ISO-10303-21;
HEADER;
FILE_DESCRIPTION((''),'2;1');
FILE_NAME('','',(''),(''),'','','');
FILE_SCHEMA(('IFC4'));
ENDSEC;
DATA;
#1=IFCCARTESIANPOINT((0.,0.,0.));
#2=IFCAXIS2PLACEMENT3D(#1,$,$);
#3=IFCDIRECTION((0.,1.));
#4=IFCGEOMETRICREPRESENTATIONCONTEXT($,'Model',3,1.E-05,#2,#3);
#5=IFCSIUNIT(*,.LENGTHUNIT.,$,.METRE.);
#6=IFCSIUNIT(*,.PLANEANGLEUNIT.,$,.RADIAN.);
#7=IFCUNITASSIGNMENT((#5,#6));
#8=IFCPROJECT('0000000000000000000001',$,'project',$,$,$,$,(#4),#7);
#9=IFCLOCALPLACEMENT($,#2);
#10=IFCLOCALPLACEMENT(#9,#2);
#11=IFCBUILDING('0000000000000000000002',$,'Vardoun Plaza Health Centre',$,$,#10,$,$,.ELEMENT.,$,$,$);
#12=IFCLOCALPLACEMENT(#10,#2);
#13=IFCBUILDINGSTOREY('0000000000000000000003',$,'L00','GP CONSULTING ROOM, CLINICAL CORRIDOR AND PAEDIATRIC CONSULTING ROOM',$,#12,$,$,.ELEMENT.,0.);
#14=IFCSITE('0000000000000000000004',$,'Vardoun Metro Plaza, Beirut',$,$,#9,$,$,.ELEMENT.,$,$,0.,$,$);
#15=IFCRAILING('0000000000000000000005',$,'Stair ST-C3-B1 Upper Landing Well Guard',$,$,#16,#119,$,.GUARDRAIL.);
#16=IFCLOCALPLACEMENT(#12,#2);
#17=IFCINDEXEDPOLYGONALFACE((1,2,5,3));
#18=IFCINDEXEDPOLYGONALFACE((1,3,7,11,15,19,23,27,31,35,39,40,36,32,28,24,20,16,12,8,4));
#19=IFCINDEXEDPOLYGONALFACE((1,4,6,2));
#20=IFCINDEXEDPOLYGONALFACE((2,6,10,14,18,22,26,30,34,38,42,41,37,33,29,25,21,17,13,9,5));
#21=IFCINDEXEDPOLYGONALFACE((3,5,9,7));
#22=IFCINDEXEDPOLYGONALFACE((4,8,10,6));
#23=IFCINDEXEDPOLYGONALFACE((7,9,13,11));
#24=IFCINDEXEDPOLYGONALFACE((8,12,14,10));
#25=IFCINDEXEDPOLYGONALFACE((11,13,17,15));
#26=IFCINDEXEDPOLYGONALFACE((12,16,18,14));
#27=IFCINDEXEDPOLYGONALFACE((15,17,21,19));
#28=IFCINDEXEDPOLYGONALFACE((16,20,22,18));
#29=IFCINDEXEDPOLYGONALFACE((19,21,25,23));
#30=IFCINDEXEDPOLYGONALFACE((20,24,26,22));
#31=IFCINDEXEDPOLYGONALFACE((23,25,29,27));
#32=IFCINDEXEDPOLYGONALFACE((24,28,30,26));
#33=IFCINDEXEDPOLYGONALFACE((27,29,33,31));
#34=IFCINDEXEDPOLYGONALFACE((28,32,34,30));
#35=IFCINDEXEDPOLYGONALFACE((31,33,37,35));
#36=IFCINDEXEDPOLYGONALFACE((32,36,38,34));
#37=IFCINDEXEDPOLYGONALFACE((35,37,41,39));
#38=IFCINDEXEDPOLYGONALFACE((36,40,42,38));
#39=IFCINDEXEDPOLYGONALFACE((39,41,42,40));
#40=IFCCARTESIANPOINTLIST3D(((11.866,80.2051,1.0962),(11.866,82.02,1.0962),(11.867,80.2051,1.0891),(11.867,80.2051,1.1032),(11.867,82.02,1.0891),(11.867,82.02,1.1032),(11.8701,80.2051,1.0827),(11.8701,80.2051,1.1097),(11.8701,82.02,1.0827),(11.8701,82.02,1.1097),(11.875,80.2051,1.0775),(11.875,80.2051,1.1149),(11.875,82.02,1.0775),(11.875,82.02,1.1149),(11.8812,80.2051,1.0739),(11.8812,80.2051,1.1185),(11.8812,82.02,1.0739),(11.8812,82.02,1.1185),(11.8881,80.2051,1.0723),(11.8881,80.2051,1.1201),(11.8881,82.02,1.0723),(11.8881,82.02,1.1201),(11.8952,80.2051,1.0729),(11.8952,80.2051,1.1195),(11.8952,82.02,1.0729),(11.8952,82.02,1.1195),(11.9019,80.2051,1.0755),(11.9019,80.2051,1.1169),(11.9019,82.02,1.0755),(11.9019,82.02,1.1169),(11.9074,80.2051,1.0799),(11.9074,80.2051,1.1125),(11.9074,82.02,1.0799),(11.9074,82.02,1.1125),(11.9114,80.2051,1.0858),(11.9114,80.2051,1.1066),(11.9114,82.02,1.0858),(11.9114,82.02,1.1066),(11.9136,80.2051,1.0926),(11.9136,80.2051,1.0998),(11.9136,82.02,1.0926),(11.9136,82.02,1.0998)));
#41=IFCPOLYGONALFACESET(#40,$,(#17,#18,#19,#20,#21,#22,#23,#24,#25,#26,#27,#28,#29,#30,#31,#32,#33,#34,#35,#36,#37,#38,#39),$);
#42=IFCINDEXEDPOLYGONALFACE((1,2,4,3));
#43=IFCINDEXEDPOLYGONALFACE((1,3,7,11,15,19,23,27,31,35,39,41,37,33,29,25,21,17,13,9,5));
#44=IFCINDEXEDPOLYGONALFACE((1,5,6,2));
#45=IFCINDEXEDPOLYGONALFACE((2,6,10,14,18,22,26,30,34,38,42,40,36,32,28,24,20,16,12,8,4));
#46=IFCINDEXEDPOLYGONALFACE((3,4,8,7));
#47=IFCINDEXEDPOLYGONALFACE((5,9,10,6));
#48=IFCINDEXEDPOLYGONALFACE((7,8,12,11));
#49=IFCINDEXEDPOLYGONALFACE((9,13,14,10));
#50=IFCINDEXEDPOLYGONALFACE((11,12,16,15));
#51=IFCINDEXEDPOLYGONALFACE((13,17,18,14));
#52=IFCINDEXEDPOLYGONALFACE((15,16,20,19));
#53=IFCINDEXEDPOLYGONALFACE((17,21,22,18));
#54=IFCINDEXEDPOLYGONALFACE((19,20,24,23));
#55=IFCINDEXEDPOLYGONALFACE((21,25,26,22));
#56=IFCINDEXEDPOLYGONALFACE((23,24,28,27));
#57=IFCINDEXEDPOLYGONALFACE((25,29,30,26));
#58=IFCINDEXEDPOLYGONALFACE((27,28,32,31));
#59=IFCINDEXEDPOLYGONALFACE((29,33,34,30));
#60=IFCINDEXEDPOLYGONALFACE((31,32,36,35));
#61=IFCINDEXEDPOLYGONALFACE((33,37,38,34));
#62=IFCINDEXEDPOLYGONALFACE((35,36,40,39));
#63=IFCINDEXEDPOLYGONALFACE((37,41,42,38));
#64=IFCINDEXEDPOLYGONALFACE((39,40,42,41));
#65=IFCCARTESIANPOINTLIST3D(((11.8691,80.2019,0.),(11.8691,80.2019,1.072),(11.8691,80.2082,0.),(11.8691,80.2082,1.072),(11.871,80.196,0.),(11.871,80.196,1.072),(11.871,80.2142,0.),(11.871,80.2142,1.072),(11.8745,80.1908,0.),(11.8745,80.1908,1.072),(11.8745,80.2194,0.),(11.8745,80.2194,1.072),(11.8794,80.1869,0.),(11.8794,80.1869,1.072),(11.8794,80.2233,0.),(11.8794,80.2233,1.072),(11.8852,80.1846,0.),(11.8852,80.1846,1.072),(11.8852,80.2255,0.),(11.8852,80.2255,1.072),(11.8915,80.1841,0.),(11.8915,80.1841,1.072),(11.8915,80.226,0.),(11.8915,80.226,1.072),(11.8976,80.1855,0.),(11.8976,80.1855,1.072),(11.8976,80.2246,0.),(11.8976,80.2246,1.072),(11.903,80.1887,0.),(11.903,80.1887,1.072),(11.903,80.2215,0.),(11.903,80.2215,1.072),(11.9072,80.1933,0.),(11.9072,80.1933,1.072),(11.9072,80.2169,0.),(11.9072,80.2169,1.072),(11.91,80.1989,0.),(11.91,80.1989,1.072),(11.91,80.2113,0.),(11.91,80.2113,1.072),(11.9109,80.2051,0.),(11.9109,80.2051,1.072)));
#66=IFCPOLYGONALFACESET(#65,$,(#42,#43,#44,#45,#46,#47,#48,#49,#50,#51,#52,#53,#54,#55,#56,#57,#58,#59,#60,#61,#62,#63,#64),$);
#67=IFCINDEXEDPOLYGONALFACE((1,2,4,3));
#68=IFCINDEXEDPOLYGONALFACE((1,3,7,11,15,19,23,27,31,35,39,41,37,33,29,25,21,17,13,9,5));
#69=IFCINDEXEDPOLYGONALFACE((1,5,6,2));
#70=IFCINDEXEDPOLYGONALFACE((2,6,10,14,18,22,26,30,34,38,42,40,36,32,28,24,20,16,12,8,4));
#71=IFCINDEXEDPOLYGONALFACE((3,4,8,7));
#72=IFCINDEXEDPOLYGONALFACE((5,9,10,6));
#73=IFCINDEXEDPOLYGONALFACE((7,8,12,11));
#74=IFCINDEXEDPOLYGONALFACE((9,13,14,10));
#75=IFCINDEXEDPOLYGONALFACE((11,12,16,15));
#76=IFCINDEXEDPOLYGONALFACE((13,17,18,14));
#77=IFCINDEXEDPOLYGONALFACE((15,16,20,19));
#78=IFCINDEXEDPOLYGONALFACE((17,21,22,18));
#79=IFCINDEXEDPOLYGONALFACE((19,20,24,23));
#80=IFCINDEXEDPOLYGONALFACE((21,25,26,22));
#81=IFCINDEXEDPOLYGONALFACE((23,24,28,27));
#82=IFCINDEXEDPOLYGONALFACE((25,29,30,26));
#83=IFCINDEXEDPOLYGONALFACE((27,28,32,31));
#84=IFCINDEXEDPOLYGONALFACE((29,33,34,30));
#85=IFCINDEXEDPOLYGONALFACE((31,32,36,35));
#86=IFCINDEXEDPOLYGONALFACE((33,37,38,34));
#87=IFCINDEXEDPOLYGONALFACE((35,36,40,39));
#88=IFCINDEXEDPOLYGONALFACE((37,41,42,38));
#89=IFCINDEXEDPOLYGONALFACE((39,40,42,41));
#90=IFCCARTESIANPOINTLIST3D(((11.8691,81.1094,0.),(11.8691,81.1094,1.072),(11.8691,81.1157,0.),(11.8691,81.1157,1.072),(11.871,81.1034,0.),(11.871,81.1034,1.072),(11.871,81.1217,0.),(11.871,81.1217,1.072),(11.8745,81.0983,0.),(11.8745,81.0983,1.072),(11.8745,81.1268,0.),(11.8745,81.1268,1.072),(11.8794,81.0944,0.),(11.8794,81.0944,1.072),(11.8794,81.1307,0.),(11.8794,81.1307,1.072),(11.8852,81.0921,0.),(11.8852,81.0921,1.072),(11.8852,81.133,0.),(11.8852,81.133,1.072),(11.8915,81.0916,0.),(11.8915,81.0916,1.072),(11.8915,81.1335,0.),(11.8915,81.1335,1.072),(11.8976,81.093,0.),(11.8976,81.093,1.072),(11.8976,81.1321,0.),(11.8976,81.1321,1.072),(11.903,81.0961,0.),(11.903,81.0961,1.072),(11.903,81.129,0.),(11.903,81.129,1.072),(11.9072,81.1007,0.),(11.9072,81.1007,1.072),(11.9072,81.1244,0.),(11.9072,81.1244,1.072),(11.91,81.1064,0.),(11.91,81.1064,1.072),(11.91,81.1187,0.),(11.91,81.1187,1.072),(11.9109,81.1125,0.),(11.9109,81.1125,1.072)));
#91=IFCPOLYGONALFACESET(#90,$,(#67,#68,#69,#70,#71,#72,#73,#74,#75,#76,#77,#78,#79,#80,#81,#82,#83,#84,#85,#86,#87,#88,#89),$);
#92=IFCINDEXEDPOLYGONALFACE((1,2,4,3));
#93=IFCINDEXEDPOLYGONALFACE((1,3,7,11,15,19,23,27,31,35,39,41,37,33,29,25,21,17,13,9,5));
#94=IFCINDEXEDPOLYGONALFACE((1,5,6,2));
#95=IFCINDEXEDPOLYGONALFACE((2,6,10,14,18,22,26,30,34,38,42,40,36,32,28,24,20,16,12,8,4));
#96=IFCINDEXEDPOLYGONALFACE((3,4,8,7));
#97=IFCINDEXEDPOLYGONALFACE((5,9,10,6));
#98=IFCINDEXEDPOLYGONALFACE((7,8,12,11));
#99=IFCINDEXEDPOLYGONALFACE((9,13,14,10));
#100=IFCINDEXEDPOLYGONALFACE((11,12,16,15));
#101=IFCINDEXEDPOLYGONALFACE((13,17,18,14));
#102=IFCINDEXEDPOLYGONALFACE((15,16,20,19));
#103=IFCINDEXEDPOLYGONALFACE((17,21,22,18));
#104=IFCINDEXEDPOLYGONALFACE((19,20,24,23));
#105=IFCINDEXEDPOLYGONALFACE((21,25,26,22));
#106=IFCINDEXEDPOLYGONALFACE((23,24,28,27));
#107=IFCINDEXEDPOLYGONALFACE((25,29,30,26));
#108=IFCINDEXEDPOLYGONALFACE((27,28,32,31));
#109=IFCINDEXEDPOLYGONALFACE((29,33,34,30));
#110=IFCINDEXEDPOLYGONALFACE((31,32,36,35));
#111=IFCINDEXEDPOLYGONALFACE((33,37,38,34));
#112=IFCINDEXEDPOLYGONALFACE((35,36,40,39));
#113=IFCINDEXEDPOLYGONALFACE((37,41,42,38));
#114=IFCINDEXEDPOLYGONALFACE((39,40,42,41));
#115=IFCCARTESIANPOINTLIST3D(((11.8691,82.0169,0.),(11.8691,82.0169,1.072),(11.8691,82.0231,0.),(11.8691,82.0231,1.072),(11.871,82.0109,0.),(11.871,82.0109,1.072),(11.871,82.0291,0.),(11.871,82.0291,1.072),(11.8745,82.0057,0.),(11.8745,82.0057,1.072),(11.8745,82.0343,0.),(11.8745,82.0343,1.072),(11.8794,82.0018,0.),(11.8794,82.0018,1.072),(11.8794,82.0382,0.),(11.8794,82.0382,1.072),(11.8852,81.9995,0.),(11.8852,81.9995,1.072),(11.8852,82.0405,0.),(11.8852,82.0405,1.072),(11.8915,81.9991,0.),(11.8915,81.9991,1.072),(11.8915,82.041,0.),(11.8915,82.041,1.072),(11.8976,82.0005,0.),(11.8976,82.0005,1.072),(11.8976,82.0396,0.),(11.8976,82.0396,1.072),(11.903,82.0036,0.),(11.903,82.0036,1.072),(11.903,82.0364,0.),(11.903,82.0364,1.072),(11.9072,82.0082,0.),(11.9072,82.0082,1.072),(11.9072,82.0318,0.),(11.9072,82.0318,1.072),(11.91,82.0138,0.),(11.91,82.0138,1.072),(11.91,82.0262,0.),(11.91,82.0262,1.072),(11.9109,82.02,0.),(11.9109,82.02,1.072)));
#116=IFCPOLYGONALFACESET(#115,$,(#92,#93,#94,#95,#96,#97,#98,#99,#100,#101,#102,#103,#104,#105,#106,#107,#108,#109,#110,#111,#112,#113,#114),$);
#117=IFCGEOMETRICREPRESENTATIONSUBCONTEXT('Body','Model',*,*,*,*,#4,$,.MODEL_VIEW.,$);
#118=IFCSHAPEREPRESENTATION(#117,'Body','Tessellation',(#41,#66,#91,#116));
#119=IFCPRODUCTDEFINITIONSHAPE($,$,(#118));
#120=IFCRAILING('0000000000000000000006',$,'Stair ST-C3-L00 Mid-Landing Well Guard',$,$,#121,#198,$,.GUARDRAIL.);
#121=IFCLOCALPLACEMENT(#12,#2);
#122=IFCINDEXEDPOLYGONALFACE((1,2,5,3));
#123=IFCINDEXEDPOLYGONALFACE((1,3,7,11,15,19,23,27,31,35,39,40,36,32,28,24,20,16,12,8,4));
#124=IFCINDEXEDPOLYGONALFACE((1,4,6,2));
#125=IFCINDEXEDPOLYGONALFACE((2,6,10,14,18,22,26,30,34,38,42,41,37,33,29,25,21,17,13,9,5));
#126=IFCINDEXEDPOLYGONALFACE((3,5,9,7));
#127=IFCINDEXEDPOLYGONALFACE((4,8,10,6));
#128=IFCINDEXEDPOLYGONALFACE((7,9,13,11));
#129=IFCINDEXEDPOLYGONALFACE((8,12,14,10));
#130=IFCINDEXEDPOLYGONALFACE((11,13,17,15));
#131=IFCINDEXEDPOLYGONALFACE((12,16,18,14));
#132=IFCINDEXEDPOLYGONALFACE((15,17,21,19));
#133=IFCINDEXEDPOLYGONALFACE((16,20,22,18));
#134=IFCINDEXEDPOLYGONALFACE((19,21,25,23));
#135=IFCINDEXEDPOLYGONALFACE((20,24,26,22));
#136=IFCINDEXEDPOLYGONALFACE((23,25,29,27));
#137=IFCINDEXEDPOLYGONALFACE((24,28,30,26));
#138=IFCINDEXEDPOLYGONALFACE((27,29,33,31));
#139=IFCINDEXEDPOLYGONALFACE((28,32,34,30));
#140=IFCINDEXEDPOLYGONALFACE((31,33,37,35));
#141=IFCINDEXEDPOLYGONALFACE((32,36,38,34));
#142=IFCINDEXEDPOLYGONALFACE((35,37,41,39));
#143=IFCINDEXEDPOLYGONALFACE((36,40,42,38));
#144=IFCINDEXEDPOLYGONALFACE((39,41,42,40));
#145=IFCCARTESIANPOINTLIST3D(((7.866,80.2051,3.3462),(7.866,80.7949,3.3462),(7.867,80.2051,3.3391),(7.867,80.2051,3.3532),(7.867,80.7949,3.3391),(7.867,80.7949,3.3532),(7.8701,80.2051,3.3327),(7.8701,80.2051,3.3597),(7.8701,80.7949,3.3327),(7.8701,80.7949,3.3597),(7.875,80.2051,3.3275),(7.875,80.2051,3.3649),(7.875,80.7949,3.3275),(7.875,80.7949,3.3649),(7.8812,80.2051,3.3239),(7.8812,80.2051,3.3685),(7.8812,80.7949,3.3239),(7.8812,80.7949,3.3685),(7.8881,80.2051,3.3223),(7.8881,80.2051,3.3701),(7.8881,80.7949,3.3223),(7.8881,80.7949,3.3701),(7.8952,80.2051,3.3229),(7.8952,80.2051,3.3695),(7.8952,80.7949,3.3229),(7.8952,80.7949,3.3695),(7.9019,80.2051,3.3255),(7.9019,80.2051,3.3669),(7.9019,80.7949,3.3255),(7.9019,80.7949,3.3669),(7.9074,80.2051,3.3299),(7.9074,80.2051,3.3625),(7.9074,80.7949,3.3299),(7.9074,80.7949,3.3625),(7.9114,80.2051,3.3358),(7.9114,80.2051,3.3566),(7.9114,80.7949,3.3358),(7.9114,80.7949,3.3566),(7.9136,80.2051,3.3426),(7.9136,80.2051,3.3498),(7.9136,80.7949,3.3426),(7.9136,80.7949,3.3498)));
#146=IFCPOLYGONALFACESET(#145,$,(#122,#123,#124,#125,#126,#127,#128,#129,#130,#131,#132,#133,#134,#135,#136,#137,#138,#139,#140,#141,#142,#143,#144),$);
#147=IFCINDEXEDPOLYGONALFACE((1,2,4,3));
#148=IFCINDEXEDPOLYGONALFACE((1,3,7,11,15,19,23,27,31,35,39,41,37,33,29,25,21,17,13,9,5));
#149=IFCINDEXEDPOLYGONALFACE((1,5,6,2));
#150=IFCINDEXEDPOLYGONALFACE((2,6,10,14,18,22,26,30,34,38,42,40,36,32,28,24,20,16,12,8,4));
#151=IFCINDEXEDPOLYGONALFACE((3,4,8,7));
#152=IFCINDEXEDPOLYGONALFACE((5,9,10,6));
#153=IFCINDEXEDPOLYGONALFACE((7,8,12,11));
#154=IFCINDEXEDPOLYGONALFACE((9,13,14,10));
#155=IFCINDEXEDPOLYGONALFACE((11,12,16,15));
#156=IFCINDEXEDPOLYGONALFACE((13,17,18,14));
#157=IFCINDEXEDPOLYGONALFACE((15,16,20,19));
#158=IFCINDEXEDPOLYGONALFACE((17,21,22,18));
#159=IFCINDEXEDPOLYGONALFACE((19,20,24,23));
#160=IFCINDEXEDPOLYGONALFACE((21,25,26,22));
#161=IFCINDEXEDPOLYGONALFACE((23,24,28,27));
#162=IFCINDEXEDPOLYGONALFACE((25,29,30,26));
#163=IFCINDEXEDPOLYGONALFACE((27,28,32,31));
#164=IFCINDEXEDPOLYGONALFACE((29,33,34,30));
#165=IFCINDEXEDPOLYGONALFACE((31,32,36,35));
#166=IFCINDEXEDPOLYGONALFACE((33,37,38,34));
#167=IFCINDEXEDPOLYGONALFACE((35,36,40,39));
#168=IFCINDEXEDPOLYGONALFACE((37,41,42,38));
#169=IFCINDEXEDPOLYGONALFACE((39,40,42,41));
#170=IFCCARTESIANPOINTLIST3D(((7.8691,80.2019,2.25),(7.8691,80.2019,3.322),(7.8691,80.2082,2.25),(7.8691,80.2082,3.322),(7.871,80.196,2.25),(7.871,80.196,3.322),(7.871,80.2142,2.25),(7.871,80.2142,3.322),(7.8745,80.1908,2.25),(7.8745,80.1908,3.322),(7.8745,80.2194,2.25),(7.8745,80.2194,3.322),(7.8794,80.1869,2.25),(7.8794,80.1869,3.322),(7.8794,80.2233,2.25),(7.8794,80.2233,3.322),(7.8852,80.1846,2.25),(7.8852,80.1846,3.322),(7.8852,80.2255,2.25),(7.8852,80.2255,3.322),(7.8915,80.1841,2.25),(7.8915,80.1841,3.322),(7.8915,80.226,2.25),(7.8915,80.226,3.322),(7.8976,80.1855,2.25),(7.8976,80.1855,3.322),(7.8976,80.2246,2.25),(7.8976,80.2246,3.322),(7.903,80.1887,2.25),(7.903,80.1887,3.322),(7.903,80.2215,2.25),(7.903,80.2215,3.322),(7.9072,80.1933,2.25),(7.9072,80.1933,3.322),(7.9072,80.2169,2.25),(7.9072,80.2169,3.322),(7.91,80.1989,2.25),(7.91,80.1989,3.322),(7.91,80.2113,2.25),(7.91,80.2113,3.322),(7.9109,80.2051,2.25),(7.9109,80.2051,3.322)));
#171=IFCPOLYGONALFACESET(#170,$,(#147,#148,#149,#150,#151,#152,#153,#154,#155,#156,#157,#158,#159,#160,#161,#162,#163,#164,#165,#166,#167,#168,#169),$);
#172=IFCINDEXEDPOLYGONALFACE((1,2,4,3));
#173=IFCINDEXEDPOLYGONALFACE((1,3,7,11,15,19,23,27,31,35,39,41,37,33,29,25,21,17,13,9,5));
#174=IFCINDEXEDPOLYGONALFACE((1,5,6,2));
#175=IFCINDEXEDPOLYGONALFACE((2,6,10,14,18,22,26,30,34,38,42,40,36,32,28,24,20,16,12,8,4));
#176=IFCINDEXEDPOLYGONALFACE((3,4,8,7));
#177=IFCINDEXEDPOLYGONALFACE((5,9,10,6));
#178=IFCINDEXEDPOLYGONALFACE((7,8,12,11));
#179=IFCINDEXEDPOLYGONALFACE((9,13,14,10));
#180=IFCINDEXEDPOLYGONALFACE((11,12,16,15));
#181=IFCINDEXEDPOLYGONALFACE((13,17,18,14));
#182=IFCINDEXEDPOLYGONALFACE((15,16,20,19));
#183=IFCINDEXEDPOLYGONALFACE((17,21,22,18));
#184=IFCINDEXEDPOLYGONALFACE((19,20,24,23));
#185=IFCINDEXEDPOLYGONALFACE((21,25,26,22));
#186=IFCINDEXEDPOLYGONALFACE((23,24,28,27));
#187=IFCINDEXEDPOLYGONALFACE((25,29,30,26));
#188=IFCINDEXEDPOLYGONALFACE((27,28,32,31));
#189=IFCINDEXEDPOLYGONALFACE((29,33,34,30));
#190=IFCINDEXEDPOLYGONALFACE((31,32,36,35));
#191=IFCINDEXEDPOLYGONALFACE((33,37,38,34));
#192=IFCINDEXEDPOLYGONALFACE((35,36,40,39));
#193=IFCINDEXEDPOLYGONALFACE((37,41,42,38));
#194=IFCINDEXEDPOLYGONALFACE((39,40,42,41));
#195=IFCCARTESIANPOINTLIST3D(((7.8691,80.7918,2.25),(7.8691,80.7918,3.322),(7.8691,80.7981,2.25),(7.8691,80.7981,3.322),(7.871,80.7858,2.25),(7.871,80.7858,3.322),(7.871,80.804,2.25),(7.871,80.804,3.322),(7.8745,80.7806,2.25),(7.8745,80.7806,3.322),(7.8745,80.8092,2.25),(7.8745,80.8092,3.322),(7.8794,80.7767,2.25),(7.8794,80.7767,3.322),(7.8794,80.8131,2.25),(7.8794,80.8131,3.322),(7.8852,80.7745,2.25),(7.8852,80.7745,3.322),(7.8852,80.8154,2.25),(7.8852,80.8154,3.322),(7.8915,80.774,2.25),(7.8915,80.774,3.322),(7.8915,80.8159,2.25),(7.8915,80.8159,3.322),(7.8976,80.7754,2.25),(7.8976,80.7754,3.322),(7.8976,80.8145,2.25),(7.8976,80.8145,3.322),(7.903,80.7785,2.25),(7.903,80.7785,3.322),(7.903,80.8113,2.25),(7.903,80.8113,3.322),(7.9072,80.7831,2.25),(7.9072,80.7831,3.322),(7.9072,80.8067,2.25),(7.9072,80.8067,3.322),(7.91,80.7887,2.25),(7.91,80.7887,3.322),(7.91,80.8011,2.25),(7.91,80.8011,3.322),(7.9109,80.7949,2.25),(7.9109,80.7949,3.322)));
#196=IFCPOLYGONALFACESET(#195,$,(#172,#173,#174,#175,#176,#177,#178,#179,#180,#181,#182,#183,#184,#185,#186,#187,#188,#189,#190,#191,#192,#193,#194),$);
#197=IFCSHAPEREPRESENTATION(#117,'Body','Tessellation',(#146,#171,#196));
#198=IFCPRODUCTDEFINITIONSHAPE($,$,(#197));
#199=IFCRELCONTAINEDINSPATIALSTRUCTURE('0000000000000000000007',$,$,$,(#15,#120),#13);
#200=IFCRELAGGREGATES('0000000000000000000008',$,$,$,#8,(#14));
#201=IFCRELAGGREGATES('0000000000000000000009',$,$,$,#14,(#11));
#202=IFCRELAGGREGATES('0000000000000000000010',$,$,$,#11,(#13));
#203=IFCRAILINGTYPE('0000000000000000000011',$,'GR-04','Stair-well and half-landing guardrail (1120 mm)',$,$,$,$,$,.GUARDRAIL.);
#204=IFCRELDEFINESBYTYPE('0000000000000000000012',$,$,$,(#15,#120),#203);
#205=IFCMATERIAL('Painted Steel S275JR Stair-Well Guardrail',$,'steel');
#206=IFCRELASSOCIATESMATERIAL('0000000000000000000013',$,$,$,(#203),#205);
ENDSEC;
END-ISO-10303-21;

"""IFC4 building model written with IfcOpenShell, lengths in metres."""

from ifc_helpers import new_model, si_unit, direction, frame, origin, origin_2d, place, context, subcontext, project, spatial, circle, extrude, material, type_object, element, save


model = new_model("IFC4")

# Units and contexts
model_context = context("Model", 3, precision=1e-05, world=origin(), true_north=direction((0.0, 1.0)))
body_context = subcontext(model_context, "Body", "Model", "MODEL_VIEW")
ifc_project = project(units=[si_unit("LENGTHUNIT", "METRE"), si_unit("PLANEANGLEUNIT", "RADIAN")], contexts=[model_context])

# Site, building, storey
site_placement = place(None, origin())
site = spatial("IfcSite", under=ifc_project, at=site_placement, Name="Vardoun Metro Plaza, Beirut", CompositionType="ELEMENT", RefElevation=0.0)
building_placement = place(site_placement, origin())
building = spatial("IfcBuilding", under=site, at=building_placement, Name="Vardoun Plaza Health Centre", CompositionType="ELEMENT")
storey_placement = place(building_placement, origin())
storey = spatial("IfcBuildingStorey", under=building, at=storey_placement, Name="L00", Description="GP CONSULTING ROOM, CLINICAL CORRIDOR AND PAEDIATRIC CONSULTING ROOM", CompositionType="ELEMENT", Elevation=0.0)

# Railings
ifc_material_1 = material(Name="Painted Steel S275JR Stair-Well Guardrail", Category="steel")
railing_type_1 = type_object("IfcRailingType", Name="GR-04", Description="Stair-well and half-landing guardrail (1120 mm)", PredefinedType="GUARDRAIL", material=ifc_material_1)
railing_1_placement = place(storey_placement, frame((11.8899, 80.2051, 0.0)))
element("IfcRailing", 1, at=railing_1_placement, inside=storey, type_object=railing_type_1, Name="Stair ST-C3-B1 Upper Landing Well Guard", PredefinedType="GUARDRAIL", context=body_context, shape_type="SweptSolid", body=[
    extrude(circle(Radius=0.0239, at=origin_2d()), frame((0.0, 0.0, 1.0962), z_axis=(0.0, 1.0, 0.0), x_axis=(-1.0, 0.0, 0.0)), (0.0, 0.0, 1.0), 1.8149),
    extrude(circle(Radius=0.021, at=origin_2d()), origin(), (0.0, 0.0, 1.0), 1.072),
    extrude(circle(Radius=0.021, at=origin_2d()), frame((0.0, 0.9075, 0.0)), (0.0, 0.0, 1.0), 1.072),
    extrude(circle(Radius=0.021, at=origin_2d()), frame((0.0, 1.8149, 0.0)), (0.0, 0.0, 1.0), 1.072),
])
railing_2_placement = place(storey_placement, frame((7.8899, 80.2051, 2.25)))
element("IfcRailing", 2, at=railing_2_placement, inside=storey, type_object=railing_type_1, Name="Stair ST-C3-L00 Mid-Landing Well Guard", PredefinedType="GUARDRAIL", context=body_context, shape_type="SweptSolid", body=[
    extrude(circle(Radius=0.0239, at=origin_2d()), frame((0.0, 0.0, 1.0962), z_axis=(0.0, 1.0, 0.0), x_axis=(-1.0, 0.0, 0.0)), (0.0, 0.0, 1.0), 0.5898),
    extrude(circle(Radius=0.021, at=origin_2d()), origin(), (0.0, 0.0, 1.0), 1.072),
    extrude(circle(Radius=0.021, at=origin_2d()), frame((0.0, 0.5898, 0.0)), (0.0, 0.0, 1.0), 1.072),
])

save(model, "model.ifc")
